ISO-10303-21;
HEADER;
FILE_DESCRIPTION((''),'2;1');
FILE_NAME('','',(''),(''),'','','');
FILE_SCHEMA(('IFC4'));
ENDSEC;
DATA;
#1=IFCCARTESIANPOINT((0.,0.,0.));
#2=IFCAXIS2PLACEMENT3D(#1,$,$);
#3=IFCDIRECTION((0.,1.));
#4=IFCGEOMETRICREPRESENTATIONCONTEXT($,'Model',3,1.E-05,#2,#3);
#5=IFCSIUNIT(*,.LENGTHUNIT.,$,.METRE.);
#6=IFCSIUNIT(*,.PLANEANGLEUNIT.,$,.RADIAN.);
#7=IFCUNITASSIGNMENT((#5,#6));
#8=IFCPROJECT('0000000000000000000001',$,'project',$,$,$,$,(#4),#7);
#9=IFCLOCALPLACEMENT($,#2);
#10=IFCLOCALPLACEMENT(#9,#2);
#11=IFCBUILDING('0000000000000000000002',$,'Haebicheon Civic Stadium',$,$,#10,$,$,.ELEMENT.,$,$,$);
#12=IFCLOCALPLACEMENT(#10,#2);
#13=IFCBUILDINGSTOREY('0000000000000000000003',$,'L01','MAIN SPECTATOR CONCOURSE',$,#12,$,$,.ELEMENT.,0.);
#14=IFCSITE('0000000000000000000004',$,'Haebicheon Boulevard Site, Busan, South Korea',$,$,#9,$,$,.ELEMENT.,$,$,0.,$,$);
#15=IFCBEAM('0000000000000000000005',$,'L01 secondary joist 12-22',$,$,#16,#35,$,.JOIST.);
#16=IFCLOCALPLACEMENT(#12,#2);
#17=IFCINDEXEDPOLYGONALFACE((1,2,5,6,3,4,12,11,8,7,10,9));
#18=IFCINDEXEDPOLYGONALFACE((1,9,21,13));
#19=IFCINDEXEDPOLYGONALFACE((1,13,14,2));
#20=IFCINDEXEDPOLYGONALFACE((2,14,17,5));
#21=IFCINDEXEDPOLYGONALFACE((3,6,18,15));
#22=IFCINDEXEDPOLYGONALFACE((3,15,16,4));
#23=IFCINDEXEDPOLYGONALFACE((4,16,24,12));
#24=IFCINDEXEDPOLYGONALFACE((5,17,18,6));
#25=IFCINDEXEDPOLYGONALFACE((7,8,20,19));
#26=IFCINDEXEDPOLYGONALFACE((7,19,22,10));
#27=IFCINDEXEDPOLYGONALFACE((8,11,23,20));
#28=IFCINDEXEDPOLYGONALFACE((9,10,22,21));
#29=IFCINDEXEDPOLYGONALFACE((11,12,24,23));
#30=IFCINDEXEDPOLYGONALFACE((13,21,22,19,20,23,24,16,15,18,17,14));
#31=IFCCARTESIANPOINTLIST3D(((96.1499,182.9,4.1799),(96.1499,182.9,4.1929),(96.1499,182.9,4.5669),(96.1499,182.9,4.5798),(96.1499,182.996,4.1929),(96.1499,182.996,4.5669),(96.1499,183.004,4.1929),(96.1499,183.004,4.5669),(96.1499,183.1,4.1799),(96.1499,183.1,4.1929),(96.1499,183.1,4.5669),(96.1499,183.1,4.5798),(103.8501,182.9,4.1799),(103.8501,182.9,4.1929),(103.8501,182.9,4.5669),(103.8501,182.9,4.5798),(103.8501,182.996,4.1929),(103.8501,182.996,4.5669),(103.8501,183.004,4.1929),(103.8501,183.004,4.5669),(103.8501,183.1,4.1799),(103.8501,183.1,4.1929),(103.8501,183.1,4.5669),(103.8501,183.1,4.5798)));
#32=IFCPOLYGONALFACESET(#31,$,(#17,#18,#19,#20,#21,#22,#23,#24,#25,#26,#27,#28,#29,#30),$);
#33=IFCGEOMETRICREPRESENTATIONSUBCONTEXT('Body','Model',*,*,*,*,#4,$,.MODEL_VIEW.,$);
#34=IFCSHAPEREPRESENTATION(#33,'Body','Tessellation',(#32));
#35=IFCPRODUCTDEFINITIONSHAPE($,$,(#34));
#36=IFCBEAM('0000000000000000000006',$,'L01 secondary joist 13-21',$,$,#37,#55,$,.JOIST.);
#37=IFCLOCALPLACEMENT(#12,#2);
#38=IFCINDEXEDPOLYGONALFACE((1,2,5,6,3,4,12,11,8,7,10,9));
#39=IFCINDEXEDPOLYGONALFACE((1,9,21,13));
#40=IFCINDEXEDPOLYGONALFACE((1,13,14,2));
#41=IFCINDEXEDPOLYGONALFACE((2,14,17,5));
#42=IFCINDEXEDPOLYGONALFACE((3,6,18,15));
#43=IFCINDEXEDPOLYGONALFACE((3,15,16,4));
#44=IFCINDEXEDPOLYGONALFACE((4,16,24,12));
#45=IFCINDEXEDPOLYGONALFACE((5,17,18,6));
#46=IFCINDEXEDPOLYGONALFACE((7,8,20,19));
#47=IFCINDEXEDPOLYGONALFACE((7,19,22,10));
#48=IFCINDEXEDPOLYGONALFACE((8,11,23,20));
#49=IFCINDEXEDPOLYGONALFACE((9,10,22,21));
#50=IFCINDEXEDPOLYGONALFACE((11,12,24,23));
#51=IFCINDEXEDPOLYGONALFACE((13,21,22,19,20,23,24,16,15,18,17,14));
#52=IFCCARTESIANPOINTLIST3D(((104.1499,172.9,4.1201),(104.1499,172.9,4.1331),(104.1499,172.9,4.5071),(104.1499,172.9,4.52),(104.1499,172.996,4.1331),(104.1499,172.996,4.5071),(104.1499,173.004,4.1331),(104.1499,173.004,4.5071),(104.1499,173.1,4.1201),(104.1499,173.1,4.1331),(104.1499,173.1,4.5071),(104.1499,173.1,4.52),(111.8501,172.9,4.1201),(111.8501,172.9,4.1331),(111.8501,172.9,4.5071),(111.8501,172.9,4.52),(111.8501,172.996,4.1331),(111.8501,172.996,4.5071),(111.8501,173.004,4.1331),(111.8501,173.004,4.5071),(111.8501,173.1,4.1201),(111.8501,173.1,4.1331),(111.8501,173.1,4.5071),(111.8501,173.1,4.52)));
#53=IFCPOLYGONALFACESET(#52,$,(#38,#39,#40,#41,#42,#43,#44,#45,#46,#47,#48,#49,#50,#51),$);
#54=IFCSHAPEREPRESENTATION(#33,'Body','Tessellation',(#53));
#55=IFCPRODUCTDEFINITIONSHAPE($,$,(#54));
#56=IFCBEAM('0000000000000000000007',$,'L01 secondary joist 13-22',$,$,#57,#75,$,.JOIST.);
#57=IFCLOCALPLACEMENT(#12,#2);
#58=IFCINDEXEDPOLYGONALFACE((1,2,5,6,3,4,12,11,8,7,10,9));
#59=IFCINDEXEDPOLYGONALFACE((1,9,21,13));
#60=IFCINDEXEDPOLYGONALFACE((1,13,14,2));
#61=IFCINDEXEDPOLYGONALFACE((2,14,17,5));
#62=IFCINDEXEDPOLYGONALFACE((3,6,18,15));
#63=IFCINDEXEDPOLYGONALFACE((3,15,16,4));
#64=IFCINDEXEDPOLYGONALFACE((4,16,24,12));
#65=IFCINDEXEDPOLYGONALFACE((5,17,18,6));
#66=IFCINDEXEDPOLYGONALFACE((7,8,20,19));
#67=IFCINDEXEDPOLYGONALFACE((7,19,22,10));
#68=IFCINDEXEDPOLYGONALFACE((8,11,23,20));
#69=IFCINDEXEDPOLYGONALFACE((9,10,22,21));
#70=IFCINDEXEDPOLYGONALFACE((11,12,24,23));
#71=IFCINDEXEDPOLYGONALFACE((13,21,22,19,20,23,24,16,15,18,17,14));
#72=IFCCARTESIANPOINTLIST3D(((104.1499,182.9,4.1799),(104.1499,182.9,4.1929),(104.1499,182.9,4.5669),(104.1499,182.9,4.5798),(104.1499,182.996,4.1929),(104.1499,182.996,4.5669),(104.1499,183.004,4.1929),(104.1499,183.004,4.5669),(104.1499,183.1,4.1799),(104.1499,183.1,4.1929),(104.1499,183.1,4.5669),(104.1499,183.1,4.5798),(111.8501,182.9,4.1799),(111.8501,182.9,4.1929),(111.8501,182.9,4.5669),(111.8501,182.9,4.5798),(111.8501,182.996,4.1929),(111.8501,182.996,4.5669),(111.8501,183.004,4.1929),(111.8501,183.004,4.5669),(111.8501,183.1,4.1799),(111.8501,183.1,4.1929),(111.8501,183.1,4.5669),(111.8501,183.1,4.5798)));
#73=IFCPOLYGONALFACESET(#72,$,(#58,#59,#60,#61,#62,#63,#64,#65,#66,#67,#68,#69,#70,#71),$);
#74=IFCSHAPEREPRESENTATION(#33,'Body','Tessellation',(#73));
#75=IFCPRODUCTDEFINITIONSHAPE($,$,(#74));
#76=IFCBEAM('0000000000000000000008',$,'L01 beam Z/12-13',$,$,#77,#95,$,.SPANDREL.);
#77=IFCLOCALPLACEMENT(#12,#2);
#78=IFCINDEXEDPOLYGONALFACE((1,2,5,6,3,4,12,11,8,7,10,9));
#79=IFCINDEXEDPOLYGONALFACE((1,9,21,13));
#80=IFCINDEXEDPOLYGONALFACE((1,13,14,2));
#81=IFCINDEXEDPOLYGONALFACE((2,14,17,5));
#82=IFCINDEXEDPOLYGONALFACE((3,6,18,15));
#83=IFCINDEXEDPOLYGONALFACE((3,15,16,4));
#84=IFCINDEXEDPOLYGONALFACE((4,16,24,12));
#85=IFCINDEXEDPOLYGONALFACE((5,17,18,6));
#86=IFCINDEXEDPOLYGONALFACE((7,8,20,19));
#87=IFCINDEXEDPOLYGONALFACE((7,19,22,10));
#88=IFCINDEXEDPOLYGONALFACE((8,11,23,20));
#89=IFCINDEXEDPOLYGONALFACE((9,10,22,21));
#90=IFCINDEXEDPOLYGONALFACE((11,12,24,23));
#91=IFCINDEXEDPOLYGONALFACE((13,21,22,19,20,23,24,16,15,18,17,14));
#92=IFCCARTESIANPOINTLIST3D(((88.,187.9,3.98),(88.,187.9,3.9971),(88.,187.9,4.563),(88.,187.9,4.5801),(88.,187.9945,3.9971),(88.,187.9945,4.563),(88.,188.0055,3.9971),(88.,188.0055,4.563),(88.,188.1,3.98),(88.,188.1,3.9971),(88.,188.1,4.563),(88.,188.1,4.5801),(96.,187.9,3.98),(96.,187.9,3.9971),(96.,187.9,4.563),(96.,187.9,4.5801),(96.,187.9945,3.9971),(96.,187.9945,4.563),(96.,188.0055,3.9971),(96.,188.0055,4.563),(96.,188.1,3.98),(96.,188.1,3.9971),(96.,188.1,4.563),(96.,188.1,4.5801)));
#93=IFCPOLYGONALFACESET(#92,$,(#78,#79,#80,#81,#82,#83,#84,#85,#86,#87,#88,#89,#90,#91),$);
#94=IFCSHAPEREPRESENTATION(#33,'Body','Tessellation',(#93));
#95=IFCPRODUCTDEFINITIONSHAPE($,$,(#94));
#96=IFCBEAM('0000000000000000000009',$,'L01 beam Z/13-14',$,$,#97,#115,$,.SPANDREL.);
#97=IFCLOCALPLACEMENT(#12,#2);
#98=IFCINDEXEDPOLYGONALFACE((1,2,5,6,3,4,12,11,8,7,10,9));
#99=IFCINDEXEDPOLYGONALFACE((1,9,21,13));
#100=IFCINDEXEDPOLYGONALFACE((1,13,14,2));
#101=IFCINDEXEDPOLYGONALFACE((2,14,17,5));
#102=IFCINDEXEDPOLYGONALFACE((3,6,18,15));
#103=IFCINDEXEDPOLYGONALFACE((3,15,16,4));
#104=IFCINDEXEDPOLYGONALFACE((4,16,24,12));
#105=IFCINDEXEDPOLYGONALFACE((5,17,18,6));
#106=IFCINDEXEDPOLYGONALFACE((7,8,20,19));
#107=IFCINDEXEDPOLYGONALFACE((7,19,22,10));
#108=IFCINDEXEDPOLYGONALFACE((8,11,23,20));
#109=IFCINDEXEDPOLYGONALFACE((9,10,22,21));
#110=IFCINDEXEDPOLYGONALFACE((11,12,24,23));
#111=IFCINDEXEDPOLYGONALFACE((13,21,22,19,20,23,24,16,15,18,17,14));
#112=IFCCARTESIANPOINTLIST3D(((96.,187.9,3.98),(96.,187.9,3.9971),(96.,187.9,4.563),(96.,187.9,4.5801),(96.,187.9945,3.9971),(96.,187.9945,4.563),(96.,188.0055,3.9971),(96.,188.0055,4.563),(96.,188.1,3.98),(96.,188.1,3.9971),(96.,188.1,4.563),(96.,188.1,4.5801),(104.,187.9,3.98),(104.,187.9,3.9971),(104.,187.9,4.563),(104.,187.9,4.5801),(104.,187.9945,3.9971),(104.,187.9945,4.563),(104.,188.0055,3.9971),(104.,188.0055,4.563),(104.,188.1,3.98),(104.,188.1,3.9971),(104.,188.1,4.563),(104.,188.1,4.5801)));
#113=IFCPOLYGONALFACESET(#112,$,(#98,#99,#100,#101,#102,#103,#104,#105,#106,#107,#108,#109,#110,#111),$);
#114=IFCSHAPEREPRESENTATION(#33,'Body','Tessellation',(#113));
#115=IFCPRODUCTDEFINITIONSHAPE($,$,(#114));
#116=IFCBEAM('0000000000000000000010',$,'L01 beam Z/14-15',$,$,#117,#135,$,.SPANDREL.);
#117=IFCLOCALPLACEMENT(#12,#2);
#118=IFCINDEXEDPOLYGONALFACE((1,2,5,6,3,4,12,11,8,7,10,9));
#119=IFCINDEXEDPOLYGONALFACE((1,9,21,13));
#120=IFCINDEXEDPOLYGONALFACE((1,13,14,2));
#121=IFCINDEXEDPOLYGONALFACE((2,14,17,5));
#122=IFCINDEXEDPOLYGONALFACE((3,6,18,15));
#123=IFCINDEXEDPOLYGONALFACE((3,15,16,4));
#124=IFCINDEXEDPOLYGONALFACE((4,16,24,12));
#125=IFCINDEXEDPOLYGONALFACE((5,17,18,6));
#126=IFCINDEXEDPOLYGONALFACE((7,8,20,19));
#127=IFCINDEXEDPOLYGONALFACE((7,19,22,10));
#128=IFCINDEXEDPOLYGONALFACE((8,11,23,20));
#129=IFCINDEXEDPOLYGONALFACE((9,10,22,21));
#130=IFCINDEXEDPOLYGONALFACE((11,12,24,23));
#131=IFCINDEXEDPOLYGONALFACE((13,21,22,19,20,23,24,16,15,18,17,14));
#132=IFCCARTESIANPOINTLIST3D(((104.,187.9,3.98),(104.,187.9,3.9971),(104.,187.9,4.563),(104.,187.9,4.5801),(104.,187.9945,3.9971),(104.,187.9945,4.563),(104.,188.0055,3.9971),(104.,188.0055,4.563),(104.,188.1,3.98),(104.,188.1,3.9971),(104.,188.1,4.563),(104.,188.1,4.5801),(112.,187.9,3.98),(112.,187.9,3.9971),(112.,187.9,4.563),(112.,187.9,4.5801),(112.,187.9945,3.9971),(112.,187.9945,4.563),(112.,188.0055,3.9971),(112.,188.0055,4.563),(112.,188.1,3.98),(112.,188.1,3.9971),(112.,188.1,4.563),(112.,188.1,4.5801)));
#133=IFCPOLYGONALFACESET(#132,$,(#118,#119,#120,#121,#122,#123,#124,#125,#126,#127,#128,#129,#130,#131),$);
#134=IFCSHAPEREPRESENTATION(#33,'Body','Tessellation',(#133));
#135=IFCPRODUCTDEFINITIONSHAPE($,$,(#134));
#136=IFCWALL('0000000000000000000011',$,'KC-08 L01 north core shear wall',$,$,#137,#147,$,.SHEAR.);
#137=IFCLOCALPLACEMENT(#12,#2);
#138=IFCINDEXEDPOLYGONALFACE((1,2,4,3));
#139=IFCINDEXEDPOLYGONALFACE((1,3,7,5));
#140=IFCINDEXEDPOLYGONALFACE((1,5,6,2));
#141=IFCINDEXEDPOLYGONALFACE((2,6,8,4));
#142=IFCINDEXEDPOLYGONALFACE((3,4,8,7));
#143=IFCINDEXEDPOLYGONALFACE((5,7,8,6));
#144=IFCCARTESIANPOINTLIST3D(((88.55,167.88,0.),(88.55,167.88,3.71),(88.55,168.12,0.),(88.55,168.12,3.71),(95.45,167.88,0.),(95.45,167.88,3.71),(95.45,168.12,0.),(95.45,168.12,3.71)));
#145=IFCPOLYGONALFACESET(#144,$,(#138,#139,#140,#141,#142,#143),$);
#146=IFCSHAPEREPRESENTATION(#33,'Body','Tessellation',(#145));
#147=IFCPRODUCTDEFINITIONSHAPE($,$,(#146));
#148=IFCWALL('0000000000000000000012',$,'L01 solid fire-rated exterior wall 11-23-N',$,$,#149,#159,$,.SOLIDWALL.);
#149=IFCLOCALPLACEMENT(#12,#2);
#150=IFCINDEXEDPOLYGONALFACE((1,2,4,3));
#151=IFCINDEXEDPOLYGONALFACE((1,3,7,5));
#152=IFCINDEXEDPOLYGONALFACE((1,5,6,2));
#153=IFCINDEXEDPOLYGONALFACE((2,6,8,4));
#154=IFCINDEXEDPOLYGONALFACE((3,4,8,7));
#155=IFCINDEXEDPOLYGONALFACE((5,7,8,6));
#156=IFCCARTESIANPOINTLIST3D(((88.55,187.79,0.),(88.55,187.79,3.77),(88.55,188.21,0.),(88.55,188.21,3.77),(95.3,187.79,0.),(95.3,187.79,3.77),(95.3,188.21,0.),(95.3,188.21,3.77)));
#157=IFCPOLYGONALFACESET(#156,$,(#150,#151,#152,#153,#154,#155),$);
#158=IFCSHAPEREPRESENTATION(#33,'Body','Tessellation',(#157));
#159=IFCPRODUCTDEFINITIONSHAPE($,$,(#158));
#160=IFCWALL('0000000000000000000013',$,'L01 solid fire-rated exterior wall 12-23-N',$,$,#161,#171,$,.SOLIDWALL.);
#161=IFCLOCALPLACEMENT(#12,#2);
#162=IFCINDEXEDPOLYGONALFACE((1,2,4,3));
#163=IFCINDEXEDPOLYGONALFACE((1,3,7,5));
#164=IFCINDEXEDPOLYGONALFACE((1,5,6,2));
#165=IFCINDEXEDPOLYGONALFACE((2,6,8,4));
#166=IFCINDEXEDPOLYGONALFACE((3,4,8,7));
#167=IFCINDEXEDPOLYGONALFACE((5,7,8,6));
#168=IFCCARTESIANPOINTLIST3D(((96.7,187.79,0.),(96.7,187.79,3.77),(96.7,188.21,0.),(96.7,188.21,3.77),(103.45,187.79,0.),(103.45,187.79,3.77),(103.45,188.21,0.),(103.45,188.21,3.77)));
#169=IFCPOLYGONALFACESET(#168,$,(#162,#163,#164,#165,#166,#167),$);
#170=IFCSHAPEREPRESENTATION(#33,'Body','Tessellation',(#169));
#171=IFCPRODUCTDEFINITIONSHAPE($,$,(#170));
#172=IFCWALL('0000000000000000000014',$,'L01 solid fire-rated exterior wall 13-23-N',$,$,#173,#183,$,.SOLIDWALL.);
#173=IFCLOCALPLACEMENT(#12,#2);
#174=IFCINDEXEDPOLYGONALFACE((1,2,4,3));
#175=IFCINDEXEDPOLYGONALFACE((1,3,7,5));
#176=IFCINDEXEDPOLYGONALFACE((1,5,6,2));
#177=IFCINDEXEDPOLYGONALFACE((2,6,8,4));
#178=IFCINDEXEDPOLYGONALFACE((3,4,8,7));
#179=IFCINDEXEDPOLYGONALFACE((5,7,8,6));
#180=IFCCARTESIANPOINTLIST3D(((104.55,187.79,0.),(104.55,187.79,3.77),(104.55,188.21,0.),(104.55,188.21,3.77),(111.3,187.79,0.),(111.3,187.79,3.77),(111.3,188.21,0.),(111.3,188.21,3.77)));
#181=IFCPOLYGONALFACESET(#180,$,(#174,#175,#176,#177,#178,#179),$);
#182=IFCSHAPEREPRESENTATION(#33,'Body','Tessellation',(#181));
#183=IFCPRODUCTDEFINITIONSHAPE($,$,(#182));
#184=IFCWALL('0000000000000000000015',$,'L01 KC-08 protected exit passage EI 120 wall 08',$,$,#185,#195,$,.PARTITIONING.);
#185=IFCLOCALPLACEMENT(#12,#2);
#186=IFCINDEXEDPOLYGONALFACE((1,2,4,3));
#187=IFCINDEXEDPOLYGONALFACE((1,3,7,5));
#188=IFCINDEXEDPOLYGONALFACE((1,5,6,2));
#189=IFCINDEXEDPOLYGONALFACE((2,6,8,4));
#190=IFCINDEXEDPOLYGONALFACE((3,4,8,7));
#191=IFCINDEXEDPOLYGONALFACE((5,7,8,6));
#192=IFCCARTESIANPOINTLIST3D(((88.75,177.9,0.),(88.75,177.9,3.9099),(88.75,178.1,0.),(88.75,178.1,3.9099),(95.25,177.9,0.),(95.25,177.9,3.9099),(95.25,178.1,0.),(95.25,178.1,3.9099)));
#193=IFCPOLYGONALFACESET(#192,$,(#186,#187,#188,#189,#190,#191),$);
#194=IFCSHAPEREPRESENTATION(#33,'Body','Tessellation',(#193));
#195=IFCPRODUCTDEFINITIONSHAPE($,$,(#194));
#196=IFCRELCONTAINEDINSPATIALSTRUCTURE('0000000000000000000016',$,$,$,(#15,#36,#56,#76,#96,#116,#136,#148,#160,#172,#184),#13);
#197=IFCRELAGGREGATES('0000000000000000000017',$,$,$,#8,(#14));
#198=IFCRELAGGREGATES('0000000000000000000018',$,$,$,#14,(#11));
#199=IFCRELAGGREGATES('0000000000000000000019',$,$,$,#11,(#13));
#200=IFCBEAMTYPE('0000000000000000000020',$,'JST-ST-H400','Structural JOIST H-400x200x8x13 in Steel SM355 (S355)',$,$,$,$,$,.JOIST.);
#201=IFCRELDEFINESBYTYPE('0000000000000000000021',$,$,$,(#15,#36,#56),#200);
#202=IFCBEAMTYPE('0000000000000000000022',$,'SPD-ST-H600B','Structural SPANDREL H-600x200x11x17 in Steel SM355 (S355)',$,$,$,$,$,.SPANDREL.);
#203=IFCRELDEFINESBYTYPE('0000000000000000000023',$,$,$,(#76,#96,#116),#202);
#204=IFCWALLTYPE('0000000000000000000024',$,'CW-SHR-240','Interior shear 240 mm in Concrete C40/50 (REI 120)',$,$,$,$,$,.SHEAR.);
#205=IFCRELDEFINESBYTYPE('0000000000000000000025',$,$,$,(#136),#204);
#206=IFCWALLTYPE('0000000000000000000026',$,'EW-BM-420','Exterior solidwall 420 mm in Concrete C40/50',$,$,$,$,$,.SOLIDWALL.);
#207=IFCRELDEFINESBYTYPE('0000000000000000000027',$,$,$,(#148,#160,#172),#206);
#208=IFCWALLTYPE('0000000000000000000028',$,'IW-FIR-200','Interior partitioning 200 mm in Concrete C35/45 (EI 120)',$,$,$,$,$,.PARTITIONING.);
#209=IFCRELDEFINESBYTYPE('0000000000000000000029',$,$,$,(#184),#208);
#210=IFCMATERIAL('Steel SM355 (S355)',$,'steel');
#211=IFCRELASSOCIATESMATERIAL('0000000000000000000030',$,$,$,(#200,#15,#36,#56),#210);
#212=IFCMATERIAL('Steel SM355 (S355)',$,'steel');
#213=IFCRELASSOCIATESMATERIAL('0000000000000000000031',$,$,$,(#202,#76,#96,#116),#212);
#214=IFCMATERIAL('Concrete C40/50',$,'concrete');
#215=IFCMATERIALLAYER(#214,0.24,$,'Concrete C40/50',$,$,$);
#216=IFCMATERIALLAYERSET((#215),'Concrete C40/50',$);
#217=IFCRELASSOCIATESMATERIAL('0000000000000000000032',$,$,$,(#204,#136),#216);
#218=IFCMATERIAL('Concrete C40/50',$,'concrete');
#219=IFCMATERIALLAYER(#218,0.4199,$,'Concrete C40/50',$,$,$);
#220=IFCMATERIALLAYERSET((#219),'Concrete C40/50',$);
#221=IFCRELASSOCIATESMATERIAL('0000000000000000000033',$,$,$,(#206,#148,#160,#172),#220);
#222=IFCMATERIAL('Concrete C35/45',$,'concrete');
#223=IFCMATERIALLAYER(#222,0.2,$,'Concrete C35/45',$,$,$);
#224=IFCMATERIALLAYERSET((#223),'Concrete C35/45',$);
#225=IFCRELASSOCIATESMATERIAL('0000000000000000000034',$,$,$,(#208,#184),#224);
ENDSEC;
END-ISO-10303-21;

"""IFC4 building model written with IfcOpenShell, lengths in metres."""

from ifc_helpers import new_model, si_unit, direction, frame, frame_2d, origin, origin_2d, place, context, subcontext, project, spatial, rectangle, i_section, extrude, material, layer, layer_set, material_profile, profile_set, type_object, element, save


model = new_model("IFC4")

# Units and contexts
model_context = context("Model", 3, precision=1e-05, world=origin(), true_north=direction((0.0, 1.0)))
body_context = subcontext(model_context, "Body", "Model", "MODEL_VIEW")
ifc_project = project(units=[si_unit("LENGTHUNIT", "METRE"), si_unit("PLANEANGLEUNIT", "RADIAN")], contexts=[model_context])

# Site, building, storey
site_placement = place(None, origin())
site = spatial("IfcSite", under=ifc_project, at=site_placement, Name="Haebicheon Boulevard Site, Busan, South Korea", CompositionType="ELEMENT", RefElevation=0.0)
building_placement = place(site_placement, origin())
building = spatial("IfcBuilding", under=site, at=building_placement, Name="Haebicheon Civic Stadium", CompositionType="ELEMENT")
storey_placement = place(building_placement, origin())
storey = spatial("IfcBuildingStorey", under=building, at=storey_placement, Name="L01", Description="MAIN SPECTATOR CONCOURSE", CompositionType="ELEMENT", Elevation=0.0)

# Beams
ifc_material_1 = material(Name="Steel SM355 (S355)", Category="steel")
ifc_material_profile_1 = material_profile(ifc_material_1, i_section(OverallWidth=0.2, OverallDepth=0.3999, WebThickness=0.0081, FlangeThickness=0.0129, at=origin_2d()), Name="H-400x200x8x13")
ifc_profile_set_1 = profile_set([ifc_material_profile_1], Name="Steel SM355 (S355)")
beam_type_1 = type_object("IfcBeamType", Name="JST-ST-H400", Description="Structural JOIST H-400x200x8x13 in Steel SM355 (S355)", PredefinedType="JOIST", material=ifc_profile_set_1)
for number, where, z_axis, x_axis, name in (
    (1, (96.1499, 183.0, 4.3799), (1.0, 0.0, 0.0), (0.0, 1.0, 0.0), "L01 secondary joist 12-22"),
    (2, (104.1499, 173.0, 4.3201), (1.0, 0.0, 0.0), (0.0, 1.0, 0.0), "L01 secondary joist 13-21"),
    (3, (104.1499, 183.0, 4.3799), (1.0, 0.0, 0.0), (0.0, 1.0, 0.0), "L01 secondary joist 13-22"),
):
    element("IfcBeam", number, at=place(storey_placement, frame(where, z_axis=z_axis, x_axis=x_axis)), inside=storey, type_object=beam_type_1, material=ifc_profile_set_1, Name=name, PredefinedType="JOIST", context=body_context, shape_type="SweptSolid", body=[
        extrude(i_section(OverallWidth=0.2, OverallDepth=0.3999, WebThickness=0.0081, FlangeThickness=0.0129, at=origin_2d()), origin(), (0.0, 0.0, 1.0), 7.7002),
    ])
ifc_material_2 = material(Name="Steel SM355 (S355)", Category="steel")
ifc_material_profile_2 = material_profile(ifc_material_2, i_section(OverallWidth=0.2, OverallDepth=0.6001, WebThickness=0.011, FlangeThickness=0.0171, at=origin_2d()), Name="H-600x200x11x17")
ifc_profile_set_2 = profile_set([ifc_material_profile_2], Name="Steel SM355 (S355)")
beam_type_2 = type_object("IfcBeamType", Name="SPD-ST-H600B", Description="Structural SPANDREL H-600x200x11x17 in Steel SM355 (S355)", PredefinedType="SPANDREL", material=ifc_profile_set_2)
for number, where, z_axis, x_axis, name in (
    (4, (88.0, 188.0, 4.28), (1.0, 0.0, 0.0), (0.0, 1.0, 0.0), "L01 beam Z/12-13"),
    (5, (96.0, 188.0, 4.28), (1.0, 0.0, 0.0), (0.0, 1.0, 0.0), "L01 beam Z/13-14"),
    (6, (104.0, 188.0, 4.28), (1.0, 0.0, 0.0), (0.0, 1.0, 0.0), "L01 beam Z/14-15"),
):
    element("IfcBeam", number, at=place(storey_placement, frame(where, z_axis=z_axis, x_axis=x_axis)), inside=storey, type_object=beam_type_2, material=ifc_profile_set_2, Name=name, PredefinedType="SPANDREL", context=body_context, shape_type="SweptSolid", body=[
        extrude(i_section(OverallWidth=0.2, OverallDepth=0.6001, WebThickness=0.011, FlangeThickness=0.0171, at=origin_2d()), origin(), (0.0, 0.0, 1.0), 8.0),
    ])

# Walls
ifc_material_3 = material(Name="Concrete C40/50", Category="concrete")
ifc_layer_1 = layer(ifc_material_3, 0.24, Name="Concrete C40/50")
ifc_layer_set_1 = layer_set([ifc_layer_1], Name="Concrete C40/50")
wall_type_1 = type_object("IfcWallType", Name="CW-SHR-240", Description="Interior shear 240 mm in Concrete C40/50 (REI 120)", PredefinedType="SHEAR", material=ifc_layer_set_1)
wall_1_placement = place(storey_placement, frame((88.55, 168.0, 0.0), z_axis=(0.0, 0.0, 1.0), x_axis=(1.0, 0.0, 0.0)))
element("IfcWall", 7, at=wall_1_placement, inside=storey, type_object=wall_type_1, material=ifc_layer_set_1, Name="KC-08 L01 north core shear wall", PredefinedType="SHEAR", context=body_context, shape_type="SweptSolid", body=[
    extrude(rectangle(XDim=6.8999, YDim=0.24, at=frame_2d((3.45, 0.0))), origin(), (0.0, 0.0, 1.0), 3.71),
])
ifc_material_4 = material(Name="Concrete C40/50", Category="concrete")
ifc_layer_2 = layer(ifc_material_4, 0.4199, Name="Concrete C40/50")
ifc_layer_set_2 = layer_set([ifc_layer_2], Name="Concrete C40/50")
wall_type_2 = type_object("IfcWallType", Name="EW-BM-420", Description="Exterior solidwall 420 mm in Concrete C40/50", PredefinedType="SOLIDWALL", material=ifc_layer_set_2)
for number, where, z_axis, x_axis, name in (
    (8, (88.55, 188.0, 0.0), (0.0, 0.0, 1.0), (1.0, 0.0, 0.0), "L01 solid fire-rated exterior wall 11-23-N"),
    (9, (96.7, 188.0, 0.0), (0.0, 0.0, 1.0), (1.0, 0.0, 0.0), "L01 solid fire-rated exterior wall 12-23-N"),
    (10, (104.55, 188.0, 0.0), (0.0, 0.0, 1.0), (1.0, 0.0, 0.0), "L01 solid fire-rated exterior wall 13-23-N"),
):
    element("IfcWall", number, at=place(storey_placement, frame(where, z_axis=z_axis, x_axis=x_axis)), inside=storey, type_object=wall_type_2, material=ifc_layer_set_2, Name=name, PredefinedType="SOLIDWALL", context=body_context, shape_type="SweptSolid", body=[
        extrude(rectangle(XDim=6.75, YDim=0.4199, at=frame_2d((3.375, 0.0))), origin(), (0.0, 0.0, 1.0), 3.77),
    ])
ifc_material_5 = material(Name="Concrete C35/45", Category="concrete")
ifc_layer_3 = layer(ifc_material_5, 0.2, Name="Concrete C35/45")
ifc_layer_set_3 = layer_set([ifc_layer_3], Name="Concrete C35/45")
wall_type_3 = type_object("IfcWallType", Name="IW-FIR-200", Description="Interior partitioning 200 mm in Concrete C35/45 (EI 120)", PredefinedType="PARTITIONING", material=ifc_layer_set_3)
wall_2_placement = place(storey_placement, frame((88.75, 178.0, 0.0), z_axis=(0.0, 0.0, 1.0), x_axis=(1.0, 0.0, 0.0)))
element("IfcWall", 11, at=wall_2_placement, inside=storey, type_object=wall_type_3, material=ifc_layer_set_3, Name="L01 KC-08 protected exit passage EI 120 wall 08", PredefinedType="PARTITIONING", context=body_context, shape_type="SweptSolid", body=[
    extrude(rectangle(XDim=6.5, YDim=0.2, at=frame_2d((3.25, 0.0))), origin(), (0.0, 0.0, 1.0), 3.9099),
])

save(model, "model.ifc")
